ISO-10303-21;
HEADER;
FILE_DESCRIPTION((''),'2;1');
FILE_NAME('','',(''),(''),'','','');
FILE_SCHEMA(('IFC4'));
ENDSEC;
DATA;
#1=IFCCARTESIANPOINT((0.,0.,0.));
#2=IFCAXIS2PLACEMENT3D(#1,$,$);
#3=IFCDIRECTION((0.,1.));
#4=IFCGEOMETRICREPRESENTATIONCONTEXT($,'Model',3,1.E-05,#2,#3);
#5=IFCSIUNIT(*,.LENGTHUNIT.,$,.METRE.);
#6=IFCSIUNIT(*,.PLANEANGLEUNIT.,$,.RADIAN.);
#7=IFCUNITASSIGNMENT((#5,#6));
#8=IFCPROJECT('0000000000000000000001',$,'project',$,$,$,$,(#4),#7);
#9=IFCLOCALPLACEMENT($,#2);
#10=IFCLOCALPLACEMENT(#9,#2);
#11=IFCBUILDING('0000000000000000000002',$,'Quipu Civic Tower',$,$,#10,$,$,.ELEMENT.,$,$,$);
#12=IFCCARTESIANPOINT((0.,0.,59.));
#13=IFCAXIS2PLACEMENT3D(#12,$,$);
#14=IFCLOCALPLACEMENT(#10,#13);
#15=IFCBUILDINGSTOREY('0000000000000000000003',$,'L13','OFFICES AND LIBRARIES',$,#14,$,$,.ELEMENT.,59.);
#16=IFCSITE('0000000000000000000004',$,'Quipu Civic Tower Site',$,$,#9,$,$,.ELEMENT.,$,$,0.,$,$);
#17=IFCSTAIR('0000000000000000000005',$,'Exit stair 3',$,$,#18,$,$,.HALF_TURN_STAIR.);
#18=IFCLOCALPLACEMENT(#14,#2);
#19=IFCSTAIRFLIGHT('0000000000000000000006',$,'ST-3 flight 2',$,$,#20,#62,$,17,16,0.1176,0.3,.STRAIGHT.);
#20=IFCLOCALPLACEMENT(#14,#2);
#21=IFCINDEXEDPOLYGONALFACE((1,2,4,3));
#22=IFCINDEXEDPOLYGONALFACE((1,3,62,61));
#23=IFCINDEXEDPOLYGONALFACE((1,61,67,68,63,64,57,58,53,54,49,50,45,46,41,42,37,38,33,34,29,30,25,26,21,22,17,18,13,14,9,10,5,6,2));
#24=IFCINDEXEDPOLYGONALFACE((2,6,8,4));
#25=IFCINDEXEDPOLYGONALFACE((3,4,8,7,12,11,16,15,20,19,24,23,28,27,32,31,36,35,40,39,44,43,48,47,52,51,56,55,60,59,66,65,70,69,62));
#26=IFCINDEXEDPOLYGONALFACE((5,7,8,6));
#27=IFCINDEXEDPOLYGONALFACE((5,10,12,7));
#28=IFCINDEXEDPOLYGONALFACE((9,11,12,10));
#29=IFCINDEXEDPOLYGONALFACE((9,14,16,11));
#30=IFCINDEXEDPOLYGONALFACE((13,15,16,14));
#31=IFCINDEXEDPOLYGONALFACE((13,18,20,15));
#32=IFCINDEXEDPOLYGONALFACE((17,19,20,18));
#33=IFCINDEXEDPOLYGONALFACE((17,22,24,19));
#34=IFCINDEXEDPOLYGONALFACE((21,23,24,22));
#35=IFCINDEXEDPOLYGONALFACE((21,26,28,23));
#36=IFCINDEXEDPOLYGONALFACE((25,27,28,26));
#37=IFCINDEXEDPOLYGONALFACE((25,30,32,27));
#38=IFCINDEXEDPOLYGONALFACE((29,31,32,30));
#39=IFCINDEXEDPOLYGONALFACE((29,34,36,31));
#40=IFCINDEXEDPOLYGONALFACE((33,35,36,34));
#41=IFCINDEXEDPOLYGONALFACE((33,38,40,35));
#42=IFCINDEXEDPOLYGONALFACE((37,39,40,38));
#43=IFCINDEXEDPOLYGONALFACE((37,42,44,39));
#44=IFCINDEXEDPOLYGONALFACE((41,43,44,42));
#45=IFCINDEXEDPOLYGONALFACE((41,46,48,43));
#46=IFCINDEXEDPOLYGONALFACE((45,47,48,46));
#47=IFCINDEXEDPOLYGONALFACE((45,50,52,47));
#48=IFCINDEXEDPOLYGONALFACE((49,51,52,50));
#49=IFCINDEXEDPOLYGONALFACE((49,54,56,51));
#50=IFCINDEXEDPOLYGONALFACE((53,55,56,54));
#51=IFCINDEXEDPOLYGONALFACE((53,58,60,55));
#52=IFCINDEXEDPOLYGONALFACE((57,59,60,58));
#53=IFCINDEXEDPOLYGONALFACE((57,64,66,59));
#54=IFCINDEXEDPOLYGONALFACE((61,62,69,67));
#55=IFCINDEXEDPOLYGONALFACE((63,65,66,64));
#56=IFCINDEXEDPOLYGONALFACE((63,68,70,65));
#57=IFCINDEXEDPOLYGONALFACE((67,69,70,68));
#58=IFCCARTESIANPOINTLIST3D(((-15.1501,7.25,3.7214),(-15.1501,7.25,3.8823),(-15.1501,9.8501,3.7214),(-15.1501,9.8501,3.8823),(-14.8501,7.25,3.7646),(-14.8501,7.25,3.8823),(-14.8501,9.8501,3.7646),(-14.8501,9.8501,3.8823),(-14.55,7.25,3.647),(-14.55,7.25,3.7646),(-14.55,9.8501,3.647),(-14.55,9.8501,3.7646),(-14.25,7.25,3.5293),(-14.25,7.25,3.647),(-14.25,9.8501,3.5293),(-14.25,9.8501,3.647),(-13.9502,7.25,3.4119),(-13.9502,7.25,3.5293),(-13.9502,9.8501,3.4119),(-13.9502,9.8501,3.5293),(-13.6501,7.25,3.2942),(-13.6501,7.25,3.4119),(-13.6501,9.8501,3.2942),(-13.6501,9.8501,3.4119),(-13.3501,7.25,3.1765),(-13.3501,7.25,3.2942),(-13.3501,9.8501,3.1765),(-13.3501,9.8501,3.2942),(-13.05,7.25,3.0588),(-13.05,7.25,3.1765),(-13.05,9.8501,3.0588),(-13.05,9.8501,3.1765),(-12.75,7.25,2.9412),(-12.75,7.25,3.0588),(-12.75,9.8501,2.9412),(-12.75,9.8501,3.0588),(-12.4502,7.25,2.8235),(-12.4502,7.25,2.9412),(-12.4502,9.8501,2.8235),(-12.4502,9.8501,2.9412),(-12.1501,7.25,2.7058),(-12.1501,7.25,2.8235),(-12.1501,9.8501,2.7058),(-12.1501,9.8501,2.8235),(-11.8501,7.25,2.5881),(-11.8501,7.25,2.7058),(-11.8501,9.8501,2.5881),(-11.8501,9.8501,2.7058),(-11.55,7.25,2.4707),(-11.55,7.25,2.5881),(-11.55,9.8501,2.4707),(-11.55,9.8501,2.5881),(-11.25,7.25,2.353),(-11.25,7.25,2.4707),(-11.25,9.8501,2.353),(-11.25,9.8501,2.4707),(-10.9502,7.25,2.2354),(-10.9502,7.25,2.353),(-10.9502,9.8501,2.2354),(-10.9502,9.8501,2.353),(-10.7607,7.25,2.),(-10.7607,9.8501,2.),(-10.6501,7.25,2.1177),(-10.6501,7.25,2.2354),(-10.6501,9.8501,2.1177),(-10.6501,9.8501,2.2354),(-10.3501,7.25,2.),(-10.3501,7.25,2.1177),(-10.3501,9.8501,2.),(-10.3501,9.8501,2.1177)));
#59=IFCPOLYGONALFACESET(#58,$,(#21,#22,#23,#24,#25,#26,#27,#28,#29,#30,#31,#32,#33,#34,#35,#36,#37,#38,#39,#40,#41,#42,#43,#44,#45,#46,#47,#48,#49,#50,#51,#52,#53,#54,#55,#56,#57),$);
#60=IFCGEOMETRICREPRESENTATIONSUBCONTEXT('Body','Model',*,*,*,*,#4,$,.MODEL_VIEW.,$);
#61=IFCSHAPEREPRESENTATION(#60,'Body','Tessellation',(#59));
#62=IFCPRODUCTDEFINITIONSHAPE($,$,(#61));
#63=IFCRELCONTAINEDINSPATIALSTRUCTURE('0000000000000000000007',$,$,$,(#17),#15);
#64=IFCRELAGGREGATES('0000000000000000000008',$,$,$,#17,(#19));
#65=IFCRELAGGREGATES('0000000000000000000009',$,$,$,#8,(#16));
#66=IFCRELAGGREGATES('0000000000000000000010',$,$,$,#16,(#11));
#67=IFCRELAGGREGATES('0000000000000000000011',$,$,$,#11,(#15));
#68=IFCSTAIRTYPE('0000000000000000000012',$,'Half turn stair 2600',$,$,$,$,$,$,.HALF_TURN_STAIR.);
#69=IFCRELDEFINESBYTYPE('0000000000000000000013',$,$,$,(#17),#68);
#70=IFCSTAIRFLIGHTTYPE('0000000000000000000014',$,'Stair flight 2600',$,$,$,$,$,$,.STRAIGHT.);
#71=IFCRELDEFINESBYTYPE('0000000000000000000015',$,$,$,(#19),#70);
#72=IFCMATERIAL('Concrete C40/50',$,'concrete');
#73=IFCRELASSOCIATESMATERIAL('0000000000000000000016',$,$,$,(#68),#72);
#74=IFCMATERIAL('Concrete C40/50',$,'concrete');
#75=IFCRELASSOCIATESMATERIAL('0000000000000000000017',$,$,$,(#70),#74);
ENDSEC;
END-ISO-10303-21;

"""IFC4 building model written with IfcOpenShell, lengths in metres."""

from ifc_helpers import new_model, si_unit, direction, frame, origin, place, context, subcontext, project, spatial, polyline, outline, extrude, material, type_object, element, aggregate, save


model = new_model("IFC4")

# Units and contexts
model_context = context("Model", 3, precision=1e-05, world=origin(), true_north=direction((0.0, 1.0)))
body_context = subcontext(model_context, "Body", "Model", "MODEL_VIEW")
ifc_project = project(units=[si_unit("LENGTHUNIT", "METRE"), si_unit("PLANEANGLEUNIT", "RADIAN")], contexts=[model_context])

# Site, building, storey
site_placement = place(None, origin())
site = spatial("IfcSite", under=ifc_project, at=site_placement, Name="Quipu Civic Tower Site", CompositionType="ELEMENT", RefElevation=0.0)
building_placement = place(site_placement, origin())
building = spatial("IfcBuilding", under=site, at=building_placement, Name="Quipu Civic Tower", CompositionType="ELEMENT")
storey_placement = place(building_placement, frame((0.0, 0.0, 59.0)))
storey = spatial("IfcBuildingStorey", under=building, at=storey_placement, Name="L13", Description="OFFICES AND LIBRARIES", CompositionType="ELEMENT", Elevation=59.0)

# Stair, stair flight
ifc_material_1 = material(Name="Concrete C40/50", Category="concrete")
stair_type = type_object("IfcStairType", Name="Half turn stair 2600", PredefinedType="HALF_TURN_STAIR", material=ifc_material_1)
stair_placement = place(storey_placement, origin())
stair = element("IfcStair", 1, at=stair_placement, inside=storey, type_object=stair_type, Name="Exit stair 3", PredefinedType="HALF_TURN_STAIR")
ifc_material_2 = material(Name="Concrete C40/50", Category="concrete")
stair_flight_type = type_object("IfcStairFlightType", Name="Stair flight 2600", PredefinedType="STRAIGHT", material=ifc_material_2)
stair_flight_placement = place(storey_placement, frame((-10.3501, 8.55, 2.0), z_axis=(0.0, 0.0, 1.0), x_axis=(-1.0, 0.0, 0.0)))
stair_flight = element("IfcStairFlight", 2, at=stair_flight_placement, type_object=stair_flight_type, Name="ST-3 flight 2", NumberOfRisers=17, NumberOfTreads=16, PredefinedType="STRAIGHT", RiserHeight=0.1176, TreadLength=0.3, context=body_context, shape_type="SweptSolid", body=[
    extrude(outline(polyline([(0.0, 0.0), (0.0, 0.1177), (0.3, 0.1177), (0.3, 0.2354), (0.6001, 0.2354), (0.6001, 0.353), (0.8999, 0.353), (0.8999, 0.4707), (1.2, 0.4707), (1.2, 0.5881), (1.5, 0.5881), (1.5, 0.7058), (1.8, 0.7058), (1.8, 0.8235), (2.1001, 0.8235), (2.1001, 0.9412), (2.3999, 0.9412), (2.3999, 1.0588), (2.7, 1.0588), (2.7, 1.1765), (3.0, 1.1765), (3.0, 1.2942), (3.3, 1.2942), (3.3, 1.4119), (3.6001, 1.4119), (3.6001, 1.5293), (3.8999, 1.5293), (3.8999, 1.647), (4.2, 1.647), (4.2, 1.7646), (4.5, 1.7646), (4.5, 1.8823), (4.8, 1.8823), (4.8, 2.0), (4.8, 1.7214), (0.4106, 0.0), (0.0, 0.0)])), frame((0.0, 1.3, 0.0), z_axis=(0.0, -1.0, 0.0), x_axis=(1.0, 0.0, 0.0)), (0.0, 0.0, 1.0), 2.6001),
])
aggregate(stair, [stair_flight])

save(model, "model.ifc")
